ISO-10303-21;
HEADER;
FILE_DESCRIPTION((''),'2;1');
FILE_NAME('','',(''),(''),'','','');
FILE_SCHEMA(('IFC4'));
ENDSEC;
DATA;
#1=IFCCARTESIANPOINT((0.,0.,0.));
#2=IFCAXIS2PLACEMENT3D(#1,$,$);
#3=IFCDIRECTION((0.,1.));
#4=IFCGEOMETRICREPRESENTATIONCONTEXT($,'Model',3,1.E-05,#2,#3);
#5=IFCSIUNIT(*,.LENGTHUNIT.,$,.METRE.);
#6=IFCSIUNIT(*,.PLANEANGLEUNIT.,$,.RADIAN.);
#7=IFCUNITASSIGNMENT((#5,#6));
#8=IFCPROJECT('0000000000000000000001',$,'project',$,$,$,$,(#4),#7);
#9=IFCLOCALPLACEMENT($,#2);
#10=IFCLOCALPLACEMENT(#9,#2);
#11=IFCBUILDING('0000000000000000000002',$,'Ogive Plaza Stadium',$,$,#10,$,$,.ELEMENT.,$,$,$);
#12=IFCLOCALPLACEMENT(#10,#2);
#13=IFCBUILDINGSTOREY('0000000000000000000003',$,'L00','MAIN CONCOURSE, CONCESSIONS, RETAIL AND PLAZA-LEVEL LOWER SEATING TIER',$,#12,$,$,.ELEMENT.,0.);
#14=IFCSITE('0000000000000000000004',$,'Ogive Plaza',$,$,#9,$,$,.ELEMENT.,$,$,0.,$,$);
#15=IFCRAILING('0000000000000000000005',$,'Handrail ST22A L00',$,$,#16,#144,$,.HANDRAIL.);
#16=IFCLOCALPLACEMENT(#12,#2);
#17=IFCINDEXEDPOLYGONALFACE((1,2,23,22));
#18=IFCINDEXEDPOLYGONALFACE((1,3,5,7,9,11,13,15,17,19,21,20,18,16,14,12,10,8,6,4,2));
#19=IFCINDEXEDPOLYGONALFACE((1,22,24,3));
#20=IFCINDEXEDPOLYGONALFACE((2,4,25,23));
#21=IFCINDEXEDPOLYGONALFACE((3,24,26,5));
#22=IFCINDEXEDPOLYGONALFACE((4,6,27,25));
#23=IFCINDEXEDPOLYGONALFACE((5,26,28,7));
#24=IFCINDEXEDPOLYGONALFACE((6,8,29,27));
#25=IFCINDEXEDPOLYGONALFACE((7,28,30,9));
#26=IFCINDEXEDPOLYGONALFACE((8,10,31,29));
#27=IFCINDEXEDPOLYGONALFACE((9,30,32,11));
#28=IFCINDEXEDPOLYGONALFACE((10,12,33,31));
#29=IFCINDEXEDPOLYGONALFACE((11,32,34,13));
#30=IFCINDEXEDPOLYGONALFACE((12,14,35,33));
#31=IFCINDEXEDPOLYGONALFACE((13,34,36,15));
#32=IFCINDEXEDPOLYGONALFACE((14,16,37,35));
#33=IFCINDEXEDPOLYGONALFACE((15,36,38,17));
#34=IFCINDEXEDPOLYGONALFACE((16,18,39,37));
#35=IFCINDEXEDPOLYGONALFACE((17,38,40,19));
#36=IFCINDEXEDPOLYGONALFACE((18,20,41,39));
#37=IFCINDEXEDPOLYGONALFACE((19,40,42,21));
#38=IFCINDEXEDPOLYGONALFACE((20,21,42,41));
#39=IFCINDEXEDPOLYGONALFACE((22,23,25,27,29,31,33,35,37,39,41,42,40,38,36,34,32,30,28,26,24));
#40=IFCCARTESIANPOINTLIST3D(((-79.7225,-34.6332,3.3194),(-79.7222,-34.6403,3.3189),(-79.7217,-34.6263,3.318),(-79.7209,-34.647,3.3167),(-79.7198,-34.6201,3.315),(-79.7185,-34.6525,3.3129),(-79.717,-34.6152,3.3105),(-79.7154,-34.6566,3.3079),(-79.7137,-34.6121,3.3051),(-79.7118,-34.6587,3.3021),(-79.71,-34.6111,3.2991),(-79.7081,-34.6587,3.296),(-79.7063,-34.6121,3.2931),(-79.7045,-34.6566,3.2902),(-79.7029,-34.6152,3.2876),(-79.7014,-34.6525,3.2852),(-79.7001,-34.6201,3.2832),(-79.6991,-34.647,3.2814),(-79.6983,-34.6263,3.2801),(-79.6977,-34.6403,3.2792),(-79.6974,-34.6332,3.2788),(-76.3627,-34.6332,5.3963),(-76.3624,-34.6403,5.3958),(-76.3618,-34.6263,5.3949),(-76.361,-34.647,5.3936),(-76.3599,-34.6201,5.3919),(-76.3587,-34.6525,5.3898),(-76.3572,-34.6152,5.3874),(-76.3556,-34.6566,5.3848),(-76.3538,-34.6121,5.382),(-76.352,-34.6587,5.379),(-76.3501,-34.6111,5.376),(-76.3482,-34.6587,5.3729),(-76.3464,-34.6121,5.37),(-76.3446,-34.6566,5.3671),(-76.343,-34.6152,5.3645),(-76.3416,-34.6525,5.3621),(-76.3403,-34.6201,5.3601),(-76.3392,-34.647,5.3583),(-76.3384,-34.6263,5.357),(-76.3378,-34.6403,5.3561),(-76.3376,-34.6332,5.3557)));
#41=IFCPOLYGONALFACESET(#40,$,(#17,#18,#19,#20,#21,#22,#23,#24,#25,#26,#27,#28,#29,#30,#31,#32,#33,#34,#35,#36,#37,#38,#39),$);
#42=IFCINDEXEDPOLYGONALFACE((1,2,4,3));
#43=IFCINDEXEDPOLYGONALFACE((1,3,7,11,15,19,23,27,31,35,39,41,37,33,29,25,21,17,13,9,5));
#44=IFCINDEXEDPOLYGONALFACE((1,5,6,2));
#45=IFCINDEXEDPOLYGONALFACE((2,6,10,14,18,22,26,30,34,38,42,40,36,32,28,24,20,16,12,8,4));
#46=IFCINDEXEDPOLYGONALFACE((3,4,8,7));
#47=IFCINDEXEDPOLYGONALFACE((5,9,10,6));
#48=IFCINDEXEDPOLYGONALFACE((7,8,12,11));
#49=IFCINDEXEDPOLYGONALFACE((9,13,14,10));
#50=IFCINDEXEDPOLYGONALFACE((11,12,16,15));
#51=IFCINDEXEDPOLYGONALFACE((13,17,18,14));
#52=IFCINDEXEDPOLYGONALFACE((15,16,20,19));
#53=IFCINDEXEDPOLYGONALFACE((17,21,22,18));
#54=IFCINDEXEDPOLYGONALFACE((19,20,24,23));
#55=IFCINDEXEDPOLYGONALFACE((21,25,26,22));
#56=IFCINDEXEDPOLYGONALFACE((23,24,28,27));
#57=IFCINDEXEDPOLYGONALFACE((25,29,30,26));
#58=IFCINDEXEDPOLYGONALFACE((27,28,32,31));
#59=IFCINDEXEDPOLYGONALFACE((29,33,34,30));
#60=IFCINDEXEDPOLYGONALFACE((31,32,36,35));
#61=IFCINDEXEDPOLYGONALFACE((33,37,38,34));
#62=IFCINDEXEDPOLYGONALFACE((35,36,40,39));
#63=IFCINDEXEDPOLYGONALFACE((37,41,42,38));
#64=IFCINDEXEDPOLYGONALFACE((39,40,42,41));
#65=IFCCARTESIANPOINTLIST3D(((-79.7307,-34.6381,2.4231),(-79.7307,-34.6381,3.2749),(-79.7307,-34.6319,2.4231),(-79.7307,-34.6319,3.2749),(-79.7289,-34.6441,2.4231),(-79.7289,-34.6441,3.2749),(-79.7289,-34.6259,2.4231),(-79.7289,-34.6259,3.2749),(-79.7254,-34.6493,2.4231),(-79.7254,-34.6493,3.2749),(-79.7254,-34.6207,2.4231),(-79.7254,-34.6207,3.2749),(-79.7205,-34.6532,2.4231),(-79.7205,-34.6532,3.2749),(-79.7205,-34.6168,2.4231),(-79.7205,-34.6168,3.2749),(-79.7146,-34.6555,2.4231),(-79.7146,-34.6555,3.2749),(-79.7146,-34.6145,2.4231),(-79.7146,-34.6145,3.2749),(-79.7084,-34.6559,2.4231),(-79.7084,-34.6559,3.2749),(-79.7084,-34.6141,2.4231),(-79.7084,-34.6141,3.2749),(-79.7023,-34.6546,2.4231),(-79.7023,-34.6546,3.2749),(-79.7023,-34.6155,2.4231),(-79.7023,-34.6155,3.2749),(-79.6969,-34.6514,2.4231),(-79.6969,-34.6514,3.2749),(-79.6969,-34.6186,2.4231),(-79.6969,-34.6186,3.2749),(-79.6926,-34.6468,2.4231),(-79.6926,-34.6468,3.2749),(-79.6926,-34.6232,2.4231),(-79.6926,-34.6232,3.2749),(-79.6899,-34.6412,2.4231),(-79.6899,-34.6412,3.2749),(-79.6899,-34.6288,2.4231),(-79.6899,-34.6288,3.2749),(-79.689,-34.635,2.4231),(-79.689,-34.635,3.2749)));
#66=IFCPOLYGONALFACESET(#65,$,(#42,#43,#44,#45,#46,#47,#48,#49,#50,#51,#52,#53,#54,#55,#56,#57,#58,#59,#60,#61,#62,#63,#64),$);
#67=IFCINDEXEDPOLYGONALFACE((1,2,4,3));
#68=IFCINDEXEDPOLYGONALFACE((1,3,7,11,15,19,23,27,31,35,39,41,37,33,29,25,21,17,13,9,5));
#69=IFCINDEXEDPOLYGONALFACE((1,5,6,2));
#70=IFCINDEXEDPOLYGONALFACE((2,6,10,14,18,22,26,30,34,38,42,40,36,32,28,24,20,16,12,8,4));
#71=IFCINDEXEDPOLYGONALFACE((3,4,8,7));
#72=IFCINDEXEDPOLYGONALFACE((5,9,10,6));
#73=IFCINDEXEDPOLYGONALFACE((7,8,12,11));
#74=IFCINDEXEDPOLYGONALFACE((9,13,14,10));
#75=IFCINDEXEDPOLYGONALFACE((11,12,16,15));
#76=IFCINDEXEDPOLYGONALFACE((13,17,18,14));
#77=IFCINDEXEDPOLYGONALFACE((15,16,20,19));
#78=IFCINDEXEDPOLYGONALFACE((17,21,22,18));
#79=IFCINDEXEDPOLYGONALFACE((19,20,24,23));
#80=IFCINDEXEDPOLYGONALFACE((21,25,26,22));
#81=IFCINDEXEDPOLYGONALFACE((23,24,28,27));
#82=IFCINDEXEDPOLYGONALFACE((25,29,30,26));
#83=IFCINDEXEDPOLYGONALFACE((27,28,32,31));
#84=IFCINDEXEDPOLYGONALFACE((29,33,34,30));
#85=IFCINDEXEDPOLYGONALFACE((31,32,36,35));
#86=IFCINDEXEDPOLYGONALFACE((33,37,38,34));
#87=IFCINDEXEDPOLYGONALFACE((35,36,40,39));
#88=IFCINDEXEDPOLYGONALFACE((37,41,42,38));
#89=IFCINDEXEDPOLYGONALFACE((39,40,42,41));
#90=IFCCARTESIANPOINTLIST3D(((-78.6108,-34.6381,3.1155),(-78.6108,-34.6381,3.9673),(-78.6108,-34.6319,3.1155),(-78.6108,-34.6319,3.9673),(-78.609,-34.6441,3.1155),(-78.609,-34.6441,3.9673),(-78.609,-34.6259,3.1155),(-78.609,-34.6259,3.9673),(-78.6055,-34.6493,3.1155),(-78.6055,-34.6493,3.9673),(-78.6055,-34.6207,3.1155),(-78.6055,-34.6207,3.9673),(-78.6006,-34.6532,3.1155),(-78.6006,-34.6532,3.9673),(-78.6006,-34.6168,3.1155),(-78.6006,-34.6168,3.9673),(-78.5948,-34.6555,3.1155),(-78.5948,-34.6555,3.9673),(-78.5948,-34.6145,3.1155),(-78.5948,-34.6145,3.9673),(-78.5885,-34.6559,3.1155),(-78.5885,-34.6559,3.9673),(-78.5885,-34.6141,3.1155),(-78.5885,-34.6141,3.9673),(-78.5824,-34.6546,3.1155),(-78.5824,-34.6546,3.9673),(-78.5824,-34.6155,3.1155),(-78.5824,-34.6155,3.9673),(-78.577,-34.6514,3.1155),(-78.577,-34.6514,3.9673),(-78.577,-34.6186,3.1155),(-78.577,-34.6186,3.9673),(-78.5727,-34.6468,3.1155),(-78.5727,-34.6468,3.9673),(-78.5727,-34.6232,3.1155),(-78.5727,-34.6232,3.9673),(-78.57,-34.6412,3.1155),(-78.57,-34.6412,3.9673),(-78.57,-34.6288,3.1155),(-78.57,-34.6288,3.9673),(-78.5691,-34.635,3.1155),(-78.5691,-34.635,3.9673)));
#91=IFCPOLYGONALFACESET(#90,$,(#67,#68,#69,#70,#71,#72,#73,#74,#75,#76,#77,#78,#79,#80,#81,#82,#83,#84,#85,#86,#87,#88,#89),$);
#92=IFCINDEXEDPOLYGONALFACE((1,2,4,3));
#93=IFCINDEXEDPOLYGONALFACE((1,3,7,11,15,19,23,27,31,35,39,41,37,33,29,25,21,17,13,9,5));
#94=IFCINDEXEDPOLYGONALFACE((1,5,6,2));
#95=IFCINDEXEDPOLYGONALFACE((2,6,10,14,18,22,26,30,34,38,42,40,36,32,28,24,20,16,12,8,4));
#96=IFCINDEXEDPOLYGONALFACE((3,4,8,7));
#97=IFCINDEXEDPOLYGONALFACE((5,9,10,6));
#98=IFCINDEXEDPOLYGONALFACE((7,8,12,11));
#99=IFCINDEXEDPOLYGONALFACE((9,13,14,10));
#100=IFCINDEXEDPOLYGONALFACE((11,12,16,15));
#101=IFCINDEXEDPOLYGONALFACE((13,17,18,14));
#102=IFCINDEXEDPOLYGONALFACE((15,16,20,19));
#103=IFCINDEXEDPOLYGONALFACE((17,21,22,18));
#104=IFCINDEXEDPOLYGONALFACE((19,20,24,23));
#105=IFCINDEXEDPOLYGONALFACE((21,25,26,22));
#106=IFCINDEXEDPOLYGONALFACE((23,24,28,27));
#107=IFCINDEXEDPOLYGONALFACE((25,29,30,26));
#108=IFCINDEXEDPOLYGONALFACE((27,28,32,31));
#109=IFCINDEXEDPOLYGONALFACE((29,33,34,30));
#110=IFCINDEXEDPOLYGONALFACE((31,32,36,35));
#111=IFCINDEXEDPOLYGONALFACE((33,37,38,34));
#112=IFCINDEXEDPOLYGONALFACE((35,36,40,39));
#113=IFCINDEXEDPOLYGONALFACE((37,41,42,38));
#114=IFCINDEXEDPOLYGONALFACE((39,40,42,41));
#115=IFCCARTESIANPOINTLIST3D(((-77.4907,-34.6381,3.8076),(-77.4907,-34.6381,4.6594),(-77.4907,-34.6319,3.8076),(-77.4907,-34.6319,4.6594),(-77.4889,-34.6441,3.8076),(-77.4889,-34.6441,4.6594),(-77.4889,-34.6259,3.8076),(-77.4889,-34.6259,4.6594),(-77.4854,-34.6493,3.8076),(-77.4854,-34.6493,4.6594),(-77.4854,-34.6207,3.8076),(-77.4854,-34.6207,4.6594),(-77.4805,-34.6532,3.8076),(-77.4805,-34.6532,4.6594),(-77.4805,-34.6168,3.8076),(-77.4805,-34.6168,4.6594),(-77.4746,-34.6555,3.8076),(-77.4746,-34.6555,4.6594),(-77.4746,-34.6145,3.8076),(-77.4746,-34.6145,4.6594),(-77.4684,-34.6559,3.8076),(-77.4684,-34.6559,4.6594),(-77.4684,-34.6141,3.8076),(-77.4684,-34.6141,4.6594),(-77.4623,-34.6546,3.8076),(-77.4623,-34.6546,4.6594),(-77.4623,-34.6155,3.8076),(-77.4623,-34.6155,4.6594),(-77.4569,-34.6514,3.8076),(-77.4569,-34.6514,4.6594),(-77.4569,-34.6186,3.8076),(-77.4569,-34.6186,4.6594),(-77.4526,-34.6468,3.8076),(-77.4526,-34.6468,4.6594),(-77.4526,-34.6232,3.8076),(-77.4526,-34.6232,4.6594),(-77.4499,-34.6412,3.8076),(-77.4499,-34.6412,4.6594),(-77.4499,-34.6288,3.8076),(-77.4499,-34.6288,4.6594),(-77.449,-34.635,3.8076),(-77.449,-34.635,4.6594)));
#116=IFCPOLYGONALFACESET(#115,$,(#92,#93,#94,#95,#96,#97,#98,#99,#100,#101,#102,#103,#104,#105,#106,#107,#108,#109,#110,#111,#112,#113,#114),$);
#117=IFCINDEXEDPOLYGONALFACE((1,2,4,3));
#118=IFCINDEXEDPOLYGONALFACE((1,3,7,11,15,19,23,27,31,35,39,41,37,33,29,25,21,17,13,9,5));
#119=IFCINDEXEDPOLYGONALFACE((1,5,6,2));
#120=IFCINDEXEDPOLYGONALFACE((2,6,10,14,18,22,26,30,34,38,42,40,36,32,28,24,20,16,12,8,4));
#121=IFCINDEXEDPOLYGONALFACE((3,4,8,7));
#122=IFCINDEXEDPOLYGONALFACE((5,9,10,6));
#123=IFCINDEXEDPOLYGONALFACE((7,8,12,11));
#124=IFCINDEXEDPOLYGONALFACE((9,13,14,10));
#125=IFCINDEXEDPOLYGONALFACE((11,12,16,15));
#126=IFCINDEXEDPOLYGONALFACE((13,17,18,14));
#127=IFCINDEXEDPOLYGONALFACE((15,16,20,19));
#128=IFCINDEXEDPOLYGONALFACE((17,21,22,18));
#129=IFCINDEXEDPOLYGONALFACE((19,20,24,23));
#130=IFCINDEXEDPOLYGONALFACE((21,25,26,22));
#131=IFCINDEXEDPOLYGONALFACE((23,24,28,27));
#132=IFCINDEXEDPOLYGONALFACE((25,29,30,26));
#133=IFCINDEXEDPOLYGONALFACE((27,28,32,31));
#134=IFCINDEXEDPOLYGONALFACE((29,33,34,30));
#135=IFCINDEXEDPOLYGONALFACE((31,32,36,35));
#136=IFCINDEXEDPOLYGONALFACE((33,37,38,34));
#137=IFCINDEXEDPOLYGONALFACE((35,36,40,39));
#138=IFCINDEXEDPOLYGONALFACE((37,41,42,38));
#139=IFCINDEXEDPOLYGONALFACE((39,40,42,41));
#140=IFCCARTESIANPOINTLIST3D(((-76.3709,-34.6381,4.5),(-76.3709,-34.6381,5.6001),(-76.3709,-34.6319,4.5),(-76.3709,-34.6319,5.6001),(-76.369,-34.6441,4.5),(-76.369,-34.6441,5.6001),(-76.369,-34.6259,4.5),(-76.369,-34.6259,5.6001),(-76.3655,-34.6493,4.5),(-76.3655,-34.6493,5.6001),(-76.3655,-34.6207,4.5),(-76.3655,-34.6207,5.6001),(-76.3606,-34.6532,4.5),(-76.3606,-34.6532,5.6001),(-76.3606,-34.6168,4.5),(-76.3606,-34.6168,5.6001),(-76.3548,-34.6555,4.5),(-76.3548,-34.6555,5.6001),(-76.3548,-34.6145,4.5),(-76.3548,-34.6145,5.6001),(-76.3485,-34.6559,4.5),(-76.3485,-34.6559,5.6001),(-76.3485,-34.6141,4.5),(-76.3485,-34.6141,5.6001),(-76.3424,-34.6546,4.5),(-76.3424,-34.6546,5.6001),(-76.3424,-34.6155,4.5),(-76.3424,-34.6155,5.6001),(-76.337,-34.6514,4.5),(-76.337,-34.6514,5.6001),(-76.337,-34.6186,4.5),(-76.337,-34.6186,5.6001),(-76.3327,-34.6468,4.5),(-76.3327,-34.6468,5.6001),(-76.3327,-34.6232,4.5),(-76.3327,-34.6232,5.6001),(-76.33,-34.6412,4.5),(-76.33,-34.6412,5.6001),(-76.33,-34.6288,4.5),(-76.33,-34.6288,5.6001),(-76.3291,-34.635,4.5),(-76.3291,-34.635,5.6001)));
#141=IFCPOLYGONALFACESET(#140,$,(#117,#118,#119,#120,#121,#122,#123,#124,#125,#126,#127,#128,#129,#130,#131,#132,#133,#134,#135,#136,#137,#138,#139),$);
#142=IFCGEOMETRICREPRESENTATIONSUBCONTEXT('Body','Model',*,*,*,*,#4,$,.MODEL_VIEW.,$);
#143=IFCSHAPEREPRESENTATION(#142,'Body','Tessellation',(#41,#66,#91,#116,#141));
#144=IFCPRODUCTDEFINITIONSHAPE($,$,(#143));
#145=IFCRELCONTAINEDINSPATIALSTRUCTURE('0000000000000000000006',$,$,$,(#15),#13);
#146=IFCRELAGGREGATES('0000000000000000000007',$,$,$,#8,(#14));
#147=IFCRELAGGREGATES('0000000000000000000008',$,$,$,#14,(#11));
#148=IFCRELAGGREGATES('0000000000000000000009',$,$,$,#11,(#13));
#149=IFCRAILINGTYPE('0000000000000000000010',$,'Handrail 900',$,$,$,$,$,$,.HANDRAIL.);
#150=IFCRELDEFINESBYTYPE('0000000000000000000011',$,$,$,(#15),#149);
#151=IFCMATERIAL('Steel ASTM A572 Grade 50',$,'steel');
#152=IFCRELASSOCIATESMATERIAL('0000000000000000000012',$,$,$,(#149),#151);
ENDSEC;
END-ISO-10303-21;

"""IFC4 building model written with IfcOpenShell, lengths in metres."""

from ifc_helpers import new_model, si_unit, direction, frame, origin, origin_2d, place, context, subcontext, project, spatial, circle, extrude, material, type_object, element, save


model = new_model("IFC4")

# Units and contexts
model_context = context("Model", 3, precision=1e-05, world=origin(), true_north=direction((0.0, 1.0)))
body_context = subcontext(model_context, "Body", "Model", "MODEL_VIEW")
ifc_project = project(units=[si_unit("LENGTHUNIT", "METRE"), si_unit("PLANEANGLEUNIT", "RADIAN")], contexts=[model_context])

# Site, building, storey
site_placement = place(None, origin())
site = spatial("IfcSite", under=ifc_project, at=site_placement, Name="Ogive Plaza", CompositionType="ELEMENT", RefElevation=0.0)
building_placement = place(site_placement, origin())
building = spatial("IfcBuilding", under=site, at=building_placement, Name="Ogive Plaza Stadium", CompositionType="ELEMENT")
storey_placement = place(building_placement, origin())
storey = spatial("IfcBuildingStorey", under=building, at=storey_placement, Name="L00", Description="MAIN CONCOURSE, CONCESSIONS, RETAIL AND PLAZA-LEVEL LOWER SEATING TIER", CompositionType="ELEMENT", Elevation=0.0)

# Railing
ifc_material_1 = material(Name="Steel ASTM A572 Grade 50", Category="steel")
railing_type_1 = type_object("IfcRailingType", Name="Handrail 900", PredefinedType="HANDRAIL", material=ifc_material_1)
for number, where, name in (
    (1, (-79.71, -34.635, 2.4231), "Handrail ST22A L00"),
):
    element("IfcRailing", number, at=place(storey_placement, frame(where)), inside=storey, type_object=railing_type_1, Name=name, PredefinedType="HANDRAIL", context=body_context, shape_type="SweptSolid", body=[
        extrude(circle(Radius=0.0239, at=origin_2d()), frame((0.0, 0.0, 0.876), z_axis=(0.850606, 0.0, 0.525803), x_axis=(0.0, 1.0, 0.0)), (0.0, 0.0, 1.0), 3.95),
        extrude(circle(Radius=0.021, at=origin_2d()), origin(), (0.0, 0.0, 1.0), 0.8518),
        extrude(circle(Radius=0.021, at=origin_2d()), frame((1.1199, 0.0, 0.6924)), (0.0, 0.0, 1.0), 0.8518),
        extrude(circle(Radius=0.021, at=origin_2d()), frame((2.24, 0.0, 1.3845)), (0.0, 0.0, 1.0), 0.8518),
        extrude(circle(Radius=0.021, at=origin_2d()), frame((3.3599, 0.0, 2.0769)), (0.0, 0.0, 1.0), 1.1001),
    ])

save(model, "model.ifc")
